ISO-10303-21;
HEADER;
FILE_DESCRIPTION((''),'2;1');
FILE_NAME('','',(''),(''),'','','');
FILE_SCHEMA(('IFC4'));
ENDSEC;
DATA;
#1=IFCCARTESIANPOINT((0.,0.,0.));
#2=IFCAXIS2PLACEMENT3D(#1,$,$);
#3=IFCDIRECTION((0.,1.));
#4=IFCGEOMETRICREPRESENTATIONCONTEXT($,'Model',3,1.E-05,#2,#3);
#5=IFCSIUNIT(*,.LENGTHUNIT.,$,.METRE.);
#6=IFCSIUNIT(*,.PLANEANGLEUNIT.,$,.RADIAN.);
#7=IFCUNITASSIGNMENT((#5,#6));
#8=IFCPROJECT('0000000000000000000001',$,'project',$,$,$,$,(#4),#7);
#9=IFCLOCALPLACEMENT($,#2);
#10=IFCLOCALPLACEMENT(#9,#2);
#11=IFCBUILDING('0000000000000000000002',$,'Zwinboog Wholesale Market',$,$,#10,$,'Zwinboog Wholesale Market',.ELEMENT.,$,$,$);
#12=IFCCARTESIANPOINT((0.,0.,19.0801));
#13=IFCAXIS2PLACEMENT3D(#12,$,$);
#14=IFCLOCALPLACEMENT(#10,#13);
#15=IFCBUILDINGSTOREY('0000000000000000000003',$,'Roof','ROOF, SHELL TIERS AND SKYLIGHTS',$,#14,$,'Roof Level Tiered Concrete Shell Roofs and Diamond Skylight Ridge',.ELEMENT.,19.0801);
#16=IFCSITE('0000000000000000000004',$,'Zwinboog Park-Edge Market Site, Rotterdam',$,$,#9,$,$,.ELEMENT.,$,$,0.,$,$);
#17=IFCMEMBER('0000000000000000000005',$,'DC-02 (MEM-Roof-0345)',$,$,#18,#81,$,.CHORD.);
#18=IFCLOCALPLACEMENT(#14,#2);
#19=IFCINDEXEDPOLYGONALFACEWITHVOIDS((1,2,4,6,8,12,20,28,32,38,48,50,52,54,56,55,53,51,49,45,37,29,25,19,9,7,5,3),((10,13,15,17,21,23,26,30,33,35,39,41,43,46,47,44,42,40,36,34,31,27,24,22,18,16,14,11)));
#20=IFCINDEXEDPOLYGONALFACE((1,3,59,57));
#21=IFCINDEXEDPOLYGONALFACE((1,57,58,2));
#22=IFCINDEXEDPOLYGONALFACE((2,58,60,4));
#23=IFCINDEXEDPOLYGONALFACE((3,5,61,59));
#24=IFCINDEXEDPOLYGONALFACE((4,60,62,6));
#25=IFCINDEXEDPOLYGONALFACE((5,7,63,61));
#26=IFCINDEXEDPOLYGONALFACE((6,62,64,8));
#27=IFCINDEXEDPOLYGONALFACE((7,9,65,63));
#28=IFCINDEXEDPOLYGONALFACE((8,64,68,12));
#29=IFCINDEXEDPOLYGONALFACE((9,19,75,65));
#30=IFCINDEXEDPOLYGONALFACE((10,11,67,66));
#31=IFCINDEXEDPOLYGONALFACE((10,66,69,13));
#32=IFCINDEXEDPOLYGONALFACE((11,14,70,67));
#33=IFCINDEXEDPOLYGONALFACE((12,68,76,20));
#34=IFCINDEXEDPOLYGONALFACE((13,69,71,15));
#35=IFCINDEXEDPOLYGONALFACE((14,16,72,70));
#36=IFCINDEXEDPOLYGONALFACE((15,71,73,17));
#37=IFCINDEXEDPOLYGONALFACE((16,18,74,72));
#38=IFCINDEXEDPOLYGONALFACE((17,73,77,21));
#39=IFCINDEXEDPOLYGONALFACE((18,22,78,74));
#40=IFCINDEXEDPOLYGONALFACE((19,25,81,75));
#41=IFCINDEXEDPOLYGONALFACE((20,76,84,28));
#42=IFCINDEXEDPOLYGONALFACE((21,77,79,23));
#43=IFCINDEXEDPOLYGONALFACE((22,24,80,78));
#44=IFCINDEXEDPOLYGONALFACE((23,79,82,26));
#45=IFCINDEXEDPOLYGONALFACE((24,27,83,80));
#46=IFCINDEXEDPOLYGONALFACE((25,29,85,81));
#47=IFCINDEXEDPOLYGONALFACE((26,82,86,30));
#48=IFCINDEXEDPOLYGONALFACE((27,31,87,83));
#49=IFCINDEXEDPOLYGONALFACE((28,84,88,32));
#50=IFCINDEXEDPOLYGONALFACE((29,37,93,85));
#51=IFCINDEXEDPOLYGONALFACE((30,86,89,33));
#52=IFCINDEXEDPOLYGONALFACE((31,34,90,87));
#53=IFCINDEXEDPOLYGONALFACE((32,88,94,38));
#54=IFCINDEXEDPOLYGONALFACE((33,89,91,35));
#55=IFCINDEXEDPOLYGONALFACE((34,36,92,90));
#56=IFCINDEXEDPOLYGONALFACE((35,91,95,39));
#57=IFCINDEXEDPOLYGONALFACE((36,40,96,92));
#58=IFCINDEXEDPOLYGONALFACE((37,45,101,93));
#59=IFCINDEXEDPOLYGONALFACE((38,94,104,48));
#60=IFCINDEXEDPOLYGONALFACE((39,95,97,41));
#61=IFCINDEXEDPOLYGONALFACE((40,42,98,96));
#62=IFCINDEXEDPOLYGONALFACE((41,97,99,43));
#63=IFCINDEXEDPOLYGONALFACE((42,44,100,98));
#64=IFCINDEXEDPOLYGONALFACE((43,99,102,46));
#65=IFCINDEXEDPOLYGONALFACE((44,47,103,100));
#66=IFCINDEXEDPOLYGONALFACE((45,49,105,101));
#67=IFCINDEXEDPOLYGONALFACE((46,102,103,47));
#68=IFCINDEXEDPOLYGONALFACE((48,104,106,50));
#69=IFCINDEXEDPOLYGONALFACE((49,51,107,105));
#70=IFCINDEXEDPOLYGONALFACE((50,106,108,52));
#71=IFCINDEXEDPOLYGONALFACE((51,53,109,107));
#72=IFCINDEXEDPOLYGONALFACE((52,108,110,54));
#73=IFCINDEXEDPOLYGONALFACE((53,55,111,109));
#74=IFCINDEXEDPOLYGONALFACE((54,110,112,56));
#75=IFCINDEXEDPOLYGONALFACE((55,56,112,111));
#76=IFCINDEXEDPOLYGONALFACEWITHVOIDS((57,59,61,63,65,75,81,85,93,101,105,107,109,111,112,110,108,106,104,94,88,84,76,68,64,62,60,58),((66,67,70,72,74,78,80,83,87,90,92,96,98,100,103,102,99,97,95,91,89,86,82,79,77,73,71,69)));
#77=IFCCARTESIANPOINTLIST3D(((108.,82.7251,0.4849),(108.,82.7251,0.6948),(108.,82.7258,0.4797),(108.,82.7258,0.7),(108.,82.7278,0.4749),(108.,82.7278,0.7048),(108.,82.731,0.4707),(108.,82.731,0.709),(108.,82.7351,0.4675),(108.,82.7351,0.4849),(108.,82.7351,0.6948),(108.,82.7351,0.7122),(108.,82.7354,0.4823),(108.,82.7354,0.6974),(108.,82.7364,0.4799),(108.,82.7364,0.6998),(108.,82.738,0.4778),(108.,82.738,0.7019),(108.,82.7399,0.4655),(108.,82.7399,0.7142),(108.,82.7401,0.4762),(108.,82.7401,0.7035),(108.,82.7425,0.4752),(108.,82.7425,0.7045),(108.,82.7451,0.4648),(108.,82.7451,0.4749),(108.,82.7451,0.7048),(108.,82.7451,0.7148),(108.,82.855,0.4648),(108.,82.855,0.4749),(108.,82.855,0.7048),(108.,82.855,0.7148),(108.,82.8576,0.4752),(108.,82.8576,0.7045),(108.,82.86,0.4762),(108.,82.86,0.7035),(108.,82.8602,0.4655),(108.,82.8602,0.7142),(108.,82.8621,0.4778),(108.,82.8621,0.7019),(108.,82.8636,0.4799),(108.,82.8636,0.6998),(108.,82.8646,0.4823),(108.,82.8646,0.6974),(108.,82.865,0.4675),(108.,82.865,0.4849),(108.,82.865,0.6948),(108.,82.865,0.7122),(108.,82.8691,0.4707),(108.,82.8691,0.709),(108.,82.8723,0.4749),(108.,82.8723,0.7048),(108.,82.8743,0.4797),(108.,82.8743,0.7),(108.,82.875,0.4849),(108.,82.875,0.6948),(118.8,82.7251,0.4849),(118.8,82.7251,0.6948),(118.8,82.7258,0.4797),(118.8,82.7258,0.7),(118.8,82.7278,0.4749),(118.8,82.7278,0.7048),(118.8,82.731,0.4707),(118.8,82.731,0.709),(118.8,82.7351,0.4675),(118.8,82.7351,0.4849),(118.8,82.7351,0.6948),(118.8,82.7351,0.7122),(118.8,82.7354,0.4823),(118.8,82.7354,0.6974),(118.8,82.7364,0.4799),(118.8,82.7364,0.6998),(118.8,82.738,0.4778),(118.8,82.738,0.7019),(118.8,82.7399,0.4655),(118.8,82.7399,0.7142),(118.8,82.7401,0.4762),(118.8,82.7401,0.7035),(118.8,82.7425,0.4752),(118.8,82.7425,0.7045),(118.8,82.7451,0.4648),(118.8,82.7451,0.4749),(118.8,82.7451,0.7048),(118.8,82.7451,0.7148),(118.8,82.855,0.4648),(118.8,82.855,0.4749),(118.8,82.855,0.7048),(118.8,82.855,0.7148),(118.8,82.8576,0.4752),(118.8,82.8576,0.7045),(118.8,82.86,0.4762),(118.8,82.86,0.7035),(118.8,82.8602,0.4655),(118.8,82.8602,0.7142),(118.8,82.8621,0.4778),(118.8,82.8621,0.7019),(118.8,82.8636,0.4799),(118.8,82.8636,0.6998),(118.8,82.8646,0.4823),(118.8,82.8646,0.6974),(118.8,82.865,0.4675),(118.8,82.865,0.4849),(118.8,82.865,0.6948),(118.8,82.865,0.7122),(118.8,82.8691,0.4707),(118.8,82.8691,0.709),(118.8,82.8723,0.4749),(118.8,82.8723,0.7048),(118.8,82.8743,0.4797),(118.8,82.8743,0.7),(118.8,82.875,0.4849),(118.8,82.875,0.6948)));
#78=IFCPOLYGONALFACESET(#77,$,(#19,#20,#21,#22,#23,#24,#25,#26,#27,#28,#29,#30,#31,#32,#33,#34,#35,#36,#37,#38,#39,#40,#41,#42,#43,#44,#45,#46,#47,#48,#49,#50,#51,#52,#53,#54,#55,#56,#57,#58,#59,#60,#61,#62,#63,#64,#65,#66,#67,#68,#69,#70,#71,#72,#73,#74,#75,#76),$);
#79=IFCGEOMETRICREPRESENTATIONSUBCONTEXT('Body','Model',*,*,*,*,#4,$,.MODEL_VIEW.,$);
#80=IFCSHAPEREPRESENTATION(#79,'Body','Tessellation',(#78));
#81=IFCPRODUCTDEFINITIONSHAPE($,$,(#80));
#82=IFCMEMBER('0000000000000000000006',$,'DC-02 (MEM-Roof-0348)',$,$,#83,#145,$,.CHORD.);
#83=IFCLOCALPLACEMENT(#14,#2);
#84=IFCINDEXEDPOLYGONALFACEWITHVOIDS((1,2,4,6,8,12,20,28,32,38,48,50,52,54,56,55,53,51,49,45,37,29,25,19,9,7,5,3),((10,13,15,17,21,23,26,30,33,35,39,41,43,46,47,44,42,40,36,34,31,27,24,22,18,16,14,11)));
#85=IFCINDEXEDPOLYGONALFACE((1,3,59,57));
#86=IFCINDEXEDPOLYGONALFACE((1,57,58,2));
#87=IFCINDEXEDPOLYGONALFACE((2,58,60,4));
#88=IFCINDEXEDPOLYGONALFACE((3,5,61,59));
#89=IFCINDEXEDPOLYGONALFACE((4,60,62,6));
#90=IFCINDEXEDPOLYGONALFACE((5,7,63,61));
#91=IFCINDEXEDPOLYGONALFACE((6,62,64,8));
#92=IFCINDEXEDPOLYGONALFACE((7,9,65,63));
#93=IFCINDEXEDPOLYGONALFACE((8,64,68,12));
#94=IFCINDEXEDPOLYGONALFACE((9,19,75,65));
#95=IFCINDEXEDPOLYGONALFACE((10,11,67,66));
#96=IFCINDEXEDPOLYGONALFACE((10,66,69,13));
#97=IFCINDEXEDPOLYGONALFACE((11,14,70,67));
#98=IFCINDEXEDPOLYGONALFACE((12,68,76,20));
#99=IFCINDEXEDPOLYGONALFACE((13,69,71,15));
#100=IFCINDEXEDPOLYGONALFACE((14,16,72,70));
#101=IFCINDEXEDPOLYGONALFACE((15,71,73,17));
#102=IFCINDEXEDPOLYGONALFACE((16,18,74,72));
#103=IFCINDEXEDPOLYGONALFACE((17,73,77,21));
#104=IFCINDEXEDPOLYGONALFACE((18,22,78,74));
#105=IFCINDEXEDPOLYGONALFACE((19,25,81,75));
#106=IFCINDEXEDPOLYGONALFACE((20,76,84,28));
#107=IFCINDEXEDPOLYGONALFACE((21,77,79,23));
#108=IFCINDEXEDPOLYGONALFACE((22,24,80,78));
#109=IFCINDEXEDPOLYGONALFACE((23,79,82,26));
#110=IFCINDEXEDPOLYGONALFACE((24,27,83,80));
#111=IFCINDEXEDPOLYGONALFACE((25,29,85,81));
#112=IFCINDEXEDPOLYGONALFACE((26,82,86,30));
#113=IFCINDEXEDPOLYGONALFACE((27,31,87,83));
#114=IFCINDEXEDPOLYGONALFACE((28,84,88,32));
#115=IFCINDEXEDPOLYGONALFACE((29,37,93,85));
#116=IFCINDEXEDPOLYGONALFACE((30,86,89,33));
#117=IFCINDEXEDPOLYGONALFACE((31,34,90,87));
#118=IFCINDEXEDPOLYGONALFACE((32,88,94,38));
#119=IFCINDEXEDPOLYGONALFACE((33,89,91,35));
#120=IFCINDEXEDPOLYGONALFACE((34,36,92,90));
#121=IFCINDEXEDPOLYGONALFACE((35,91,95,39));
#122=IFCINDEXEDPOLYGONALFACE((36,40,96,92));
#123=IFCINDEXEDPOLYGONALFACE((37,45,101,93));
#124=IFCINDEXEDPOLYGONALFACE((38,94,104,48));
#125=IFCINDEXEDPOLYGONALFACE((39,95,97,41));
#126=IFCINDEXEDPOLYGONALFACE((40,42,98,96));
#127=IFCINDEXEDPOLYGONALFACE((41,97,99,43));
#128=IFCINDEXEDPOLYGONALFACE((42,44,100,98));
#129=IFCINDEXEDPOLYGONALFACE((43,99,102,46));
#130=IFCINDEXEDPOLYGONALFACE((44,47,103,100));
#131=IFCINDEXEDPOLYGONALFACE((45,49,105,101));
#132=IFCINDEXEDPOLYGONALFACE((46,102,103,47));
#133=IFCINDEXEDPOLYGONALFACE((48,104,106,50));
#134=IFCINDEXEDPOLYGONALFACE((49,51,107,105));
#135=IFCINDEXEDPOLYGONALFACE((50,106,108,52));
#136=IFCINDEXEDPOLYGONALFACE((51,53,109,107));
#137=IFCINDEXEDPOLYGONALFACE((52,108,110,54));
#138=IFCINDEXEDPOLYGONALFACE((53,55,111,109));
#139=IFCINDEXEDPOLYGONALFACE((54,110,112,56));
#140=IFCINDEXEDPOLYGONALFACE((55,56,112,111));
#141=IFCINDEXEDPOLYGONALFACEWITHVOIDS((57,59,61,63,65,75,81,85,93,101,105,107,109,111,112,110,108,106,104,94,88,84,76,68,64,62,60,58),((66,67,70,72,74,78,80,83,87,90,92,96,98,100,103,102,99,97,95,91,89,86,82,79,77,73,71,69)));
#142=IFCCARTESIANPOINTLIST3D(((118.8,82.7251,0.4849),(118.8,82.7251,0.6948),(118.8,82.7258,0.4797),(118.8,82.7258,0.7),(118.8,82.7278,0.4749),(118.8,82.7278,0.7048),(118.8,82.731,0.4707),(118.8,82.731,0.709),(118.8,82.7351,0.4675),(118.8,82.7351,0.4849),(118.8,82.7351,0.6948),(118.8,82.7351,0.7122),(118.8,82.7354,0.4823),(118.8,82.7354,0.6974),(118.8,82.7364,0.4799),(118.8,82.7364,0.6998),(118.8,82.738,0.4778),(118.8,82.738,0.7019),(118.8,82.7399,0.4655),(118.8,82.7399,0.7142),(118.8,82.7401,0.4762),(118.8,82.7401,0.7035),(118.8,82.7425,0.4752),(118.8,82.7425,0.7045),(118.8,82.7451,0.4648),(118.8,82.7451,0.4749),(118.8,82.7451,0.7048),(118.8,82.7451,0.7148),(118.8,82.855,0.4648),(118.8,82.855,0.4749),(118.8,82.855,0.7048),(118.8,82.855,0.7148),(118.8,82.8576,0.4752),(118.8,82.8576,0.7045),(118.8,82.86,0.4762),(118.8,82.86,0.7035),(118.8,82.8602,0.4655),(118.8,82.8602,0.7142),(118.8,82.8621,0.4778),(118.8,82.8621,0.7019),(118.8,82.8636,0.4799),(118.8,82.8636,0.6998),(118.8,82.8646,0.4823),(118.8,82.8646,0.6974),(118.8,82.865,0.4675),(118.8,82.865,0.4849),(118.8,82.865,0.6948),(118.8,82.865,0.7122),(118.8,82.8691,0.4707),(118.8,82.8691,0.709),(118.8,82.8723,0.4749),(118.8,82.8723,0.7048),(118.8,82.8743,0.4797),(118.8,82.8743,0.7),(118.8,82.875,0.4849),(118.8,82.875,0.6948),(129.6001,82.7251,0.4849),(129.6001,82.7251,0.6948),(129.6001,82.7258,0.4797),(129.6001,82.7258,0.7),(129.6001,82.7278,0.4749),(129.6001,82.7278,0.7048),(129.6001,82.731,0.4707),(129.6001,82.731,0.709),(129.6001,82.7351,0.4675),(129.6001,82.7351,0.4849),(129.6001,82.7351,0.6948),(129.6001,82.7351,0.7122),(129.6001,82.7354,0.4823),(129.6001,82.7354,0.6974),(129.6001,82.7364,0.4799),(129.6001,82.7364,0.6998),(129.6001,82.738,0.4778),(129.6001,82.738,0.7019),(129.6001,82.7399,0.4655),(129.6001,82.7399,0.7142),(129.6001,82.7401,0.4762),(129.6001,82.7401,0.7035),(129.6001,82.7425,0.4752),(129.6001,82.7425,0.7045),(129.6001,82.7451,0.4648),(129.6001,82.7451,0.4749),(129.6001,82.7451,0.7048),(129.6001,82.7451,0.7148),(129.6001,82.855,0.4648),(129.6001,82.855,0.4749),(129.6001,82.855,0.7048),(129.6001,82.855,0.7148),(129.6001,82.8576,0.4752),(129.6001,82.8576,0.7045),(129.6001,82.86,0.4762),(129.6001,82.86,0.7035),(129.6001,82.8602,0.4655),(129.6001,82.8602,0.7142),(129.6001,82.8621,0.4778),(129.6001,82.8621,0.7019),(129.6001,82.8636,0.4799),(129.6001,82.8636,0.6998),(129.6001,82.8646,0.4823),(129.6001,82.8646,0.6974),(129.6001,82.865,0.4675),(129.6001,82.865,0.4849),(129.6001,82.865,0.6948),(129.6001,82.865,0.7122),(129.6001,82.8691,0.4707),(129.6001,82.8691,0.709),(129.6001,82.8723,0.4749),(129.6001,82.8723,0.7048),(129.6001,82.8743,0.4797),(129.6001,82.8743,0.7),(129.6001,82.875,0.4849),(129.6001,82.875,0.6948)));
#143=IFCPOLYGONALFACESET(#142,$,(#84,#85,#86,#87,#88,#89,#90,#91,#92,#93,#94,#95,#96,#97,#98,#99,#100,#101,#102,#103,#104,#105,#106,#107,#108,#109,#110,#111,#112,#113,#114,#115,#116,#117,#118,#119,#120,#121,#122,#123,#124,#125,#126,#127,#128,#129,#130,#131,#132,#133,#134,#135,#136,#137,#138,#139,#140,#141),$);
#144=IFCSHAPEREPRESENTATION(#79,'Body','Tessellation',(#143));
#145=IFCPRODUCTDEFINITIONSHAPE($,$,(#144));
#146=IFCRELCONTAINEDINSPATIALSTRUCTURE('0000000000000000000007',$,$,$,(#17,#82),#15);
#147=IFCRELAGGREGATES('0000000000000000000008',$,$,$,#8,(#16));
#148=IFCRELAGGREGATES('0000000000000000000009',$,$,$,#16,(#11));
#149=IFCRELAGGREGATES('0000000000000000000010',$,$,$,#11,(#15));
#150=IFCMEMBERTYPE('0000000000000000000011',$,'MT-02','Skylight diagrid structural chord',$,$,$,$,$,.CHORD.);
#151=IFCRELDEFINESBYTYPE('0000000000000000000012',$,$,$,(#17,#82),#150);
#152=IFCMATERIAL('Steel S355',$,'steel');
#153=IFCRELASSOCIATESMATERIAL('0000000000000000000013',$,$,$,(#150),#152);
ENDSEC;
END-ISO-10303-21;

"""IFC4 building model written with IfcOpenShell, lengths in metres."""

from ifc_helpers import new_model, si_unit, direction, frame, origin, origin_2d, place, context, subcontext, project, spatial, hollow_rectangle, extrude, material, material_profile, profile_set, type_object, element, save


model = new_model("IFC4")

# Units and contexts
model_context = context("Model", 3, precision=1e-05, world=origin(), true_north=direction((0.0, 1.0)))
body_context = subcontext(model_context, "Body", "Model", "MODEL_VIEW")
ifc_project = project(units=[si_unit("LENGTHUNIT", "METRE"), si_unit("PLANEANGLEUNIT", "RADIAN")], contexts=[model_context])

# Site, building, storey
site_placement = place(None, origin())
site = spatial("IfcSite", under=ifc_project, at=site_placement, Name="Zwinboog Park-Edge Market Site, Rotterdam", CompositionType="ELEMENT", RefElevation=0.0)
building_placement = place(site_placement, origin())
building = spatial("IfcBuilding", under=site, at=building_placement, Name="Zwinboog Wholesale Market", LongName="Zwinboog Wholesale Market", CompositionType="ELEMENT")
storey_placement = place(building_placement, frame((0.0, 0.0, 19.0801)))
storey = spatial("IfcBuildingStorey", under=building, at=storey_placement, Name="Roof", Description="ROOF, SHELL TIERS AND SKYLIGHTS", LongName="Roof Level Tiered Concrete Shell Roofs and Diamond Skylight Ridge", CompositionType="ELEMENT", Elevation=19.0801)

# Members
ifc_material_1 = material(Name="Steel S355", Category="steel")
ifc_material_profile_1 = material_profile(ifc_material_1, hollow_rectangle(XDim=0.1499, YDim=0.25, WallThickness=0.01, InnerFilletRadius=0.01, OuterFilletRadius=0.02, at=origin_2d()), Name="RHS 250x150x10")
ifc_profile_set_1 = profile_set([ifc_material_profile_1], Name="Steel S355")
member_type_1 = type_object("IfcMemberType", Name="MT-02", Description="Skylight diagrid structural chord", PredefinedType="CHORD", material=ifc_profile_set_1)
for number, where, z_axis, x_axis, name in (
    (1, (108.0, 82.8, 0.5898), (1.0, 0.0, 0.0), (0.0, 1.0, 0.0), "DC-02 (MEM-Roof-0345)"),
    (2, (118.8, 82.8, 0.5898), (1.0, 0.0, 0.0), (0.0, 1.0, 0.0), "DC-02 (MEM-Roof-0348)"),
):
    element("IfcMember", number, at=place(storey_placement, frame(where, z_axis=z_axis, x_axis=x_axis)), inside=storey, type_object=member_type_1, Name=name, PredefinedType="CHORD", context=body_context, shape_type="SweptSolid", body=[
        extrude(hollow_rectangle(XDim=0.1499, YDim=0.25, WallThickness=0.01, InnerFilletRadius=0.01, OuterFilletRadius=0.02, at=origin_2d()), origin(), (0.0, 0.0, 1.0), 10.8),
    ])

save(model, "model.ifc")
